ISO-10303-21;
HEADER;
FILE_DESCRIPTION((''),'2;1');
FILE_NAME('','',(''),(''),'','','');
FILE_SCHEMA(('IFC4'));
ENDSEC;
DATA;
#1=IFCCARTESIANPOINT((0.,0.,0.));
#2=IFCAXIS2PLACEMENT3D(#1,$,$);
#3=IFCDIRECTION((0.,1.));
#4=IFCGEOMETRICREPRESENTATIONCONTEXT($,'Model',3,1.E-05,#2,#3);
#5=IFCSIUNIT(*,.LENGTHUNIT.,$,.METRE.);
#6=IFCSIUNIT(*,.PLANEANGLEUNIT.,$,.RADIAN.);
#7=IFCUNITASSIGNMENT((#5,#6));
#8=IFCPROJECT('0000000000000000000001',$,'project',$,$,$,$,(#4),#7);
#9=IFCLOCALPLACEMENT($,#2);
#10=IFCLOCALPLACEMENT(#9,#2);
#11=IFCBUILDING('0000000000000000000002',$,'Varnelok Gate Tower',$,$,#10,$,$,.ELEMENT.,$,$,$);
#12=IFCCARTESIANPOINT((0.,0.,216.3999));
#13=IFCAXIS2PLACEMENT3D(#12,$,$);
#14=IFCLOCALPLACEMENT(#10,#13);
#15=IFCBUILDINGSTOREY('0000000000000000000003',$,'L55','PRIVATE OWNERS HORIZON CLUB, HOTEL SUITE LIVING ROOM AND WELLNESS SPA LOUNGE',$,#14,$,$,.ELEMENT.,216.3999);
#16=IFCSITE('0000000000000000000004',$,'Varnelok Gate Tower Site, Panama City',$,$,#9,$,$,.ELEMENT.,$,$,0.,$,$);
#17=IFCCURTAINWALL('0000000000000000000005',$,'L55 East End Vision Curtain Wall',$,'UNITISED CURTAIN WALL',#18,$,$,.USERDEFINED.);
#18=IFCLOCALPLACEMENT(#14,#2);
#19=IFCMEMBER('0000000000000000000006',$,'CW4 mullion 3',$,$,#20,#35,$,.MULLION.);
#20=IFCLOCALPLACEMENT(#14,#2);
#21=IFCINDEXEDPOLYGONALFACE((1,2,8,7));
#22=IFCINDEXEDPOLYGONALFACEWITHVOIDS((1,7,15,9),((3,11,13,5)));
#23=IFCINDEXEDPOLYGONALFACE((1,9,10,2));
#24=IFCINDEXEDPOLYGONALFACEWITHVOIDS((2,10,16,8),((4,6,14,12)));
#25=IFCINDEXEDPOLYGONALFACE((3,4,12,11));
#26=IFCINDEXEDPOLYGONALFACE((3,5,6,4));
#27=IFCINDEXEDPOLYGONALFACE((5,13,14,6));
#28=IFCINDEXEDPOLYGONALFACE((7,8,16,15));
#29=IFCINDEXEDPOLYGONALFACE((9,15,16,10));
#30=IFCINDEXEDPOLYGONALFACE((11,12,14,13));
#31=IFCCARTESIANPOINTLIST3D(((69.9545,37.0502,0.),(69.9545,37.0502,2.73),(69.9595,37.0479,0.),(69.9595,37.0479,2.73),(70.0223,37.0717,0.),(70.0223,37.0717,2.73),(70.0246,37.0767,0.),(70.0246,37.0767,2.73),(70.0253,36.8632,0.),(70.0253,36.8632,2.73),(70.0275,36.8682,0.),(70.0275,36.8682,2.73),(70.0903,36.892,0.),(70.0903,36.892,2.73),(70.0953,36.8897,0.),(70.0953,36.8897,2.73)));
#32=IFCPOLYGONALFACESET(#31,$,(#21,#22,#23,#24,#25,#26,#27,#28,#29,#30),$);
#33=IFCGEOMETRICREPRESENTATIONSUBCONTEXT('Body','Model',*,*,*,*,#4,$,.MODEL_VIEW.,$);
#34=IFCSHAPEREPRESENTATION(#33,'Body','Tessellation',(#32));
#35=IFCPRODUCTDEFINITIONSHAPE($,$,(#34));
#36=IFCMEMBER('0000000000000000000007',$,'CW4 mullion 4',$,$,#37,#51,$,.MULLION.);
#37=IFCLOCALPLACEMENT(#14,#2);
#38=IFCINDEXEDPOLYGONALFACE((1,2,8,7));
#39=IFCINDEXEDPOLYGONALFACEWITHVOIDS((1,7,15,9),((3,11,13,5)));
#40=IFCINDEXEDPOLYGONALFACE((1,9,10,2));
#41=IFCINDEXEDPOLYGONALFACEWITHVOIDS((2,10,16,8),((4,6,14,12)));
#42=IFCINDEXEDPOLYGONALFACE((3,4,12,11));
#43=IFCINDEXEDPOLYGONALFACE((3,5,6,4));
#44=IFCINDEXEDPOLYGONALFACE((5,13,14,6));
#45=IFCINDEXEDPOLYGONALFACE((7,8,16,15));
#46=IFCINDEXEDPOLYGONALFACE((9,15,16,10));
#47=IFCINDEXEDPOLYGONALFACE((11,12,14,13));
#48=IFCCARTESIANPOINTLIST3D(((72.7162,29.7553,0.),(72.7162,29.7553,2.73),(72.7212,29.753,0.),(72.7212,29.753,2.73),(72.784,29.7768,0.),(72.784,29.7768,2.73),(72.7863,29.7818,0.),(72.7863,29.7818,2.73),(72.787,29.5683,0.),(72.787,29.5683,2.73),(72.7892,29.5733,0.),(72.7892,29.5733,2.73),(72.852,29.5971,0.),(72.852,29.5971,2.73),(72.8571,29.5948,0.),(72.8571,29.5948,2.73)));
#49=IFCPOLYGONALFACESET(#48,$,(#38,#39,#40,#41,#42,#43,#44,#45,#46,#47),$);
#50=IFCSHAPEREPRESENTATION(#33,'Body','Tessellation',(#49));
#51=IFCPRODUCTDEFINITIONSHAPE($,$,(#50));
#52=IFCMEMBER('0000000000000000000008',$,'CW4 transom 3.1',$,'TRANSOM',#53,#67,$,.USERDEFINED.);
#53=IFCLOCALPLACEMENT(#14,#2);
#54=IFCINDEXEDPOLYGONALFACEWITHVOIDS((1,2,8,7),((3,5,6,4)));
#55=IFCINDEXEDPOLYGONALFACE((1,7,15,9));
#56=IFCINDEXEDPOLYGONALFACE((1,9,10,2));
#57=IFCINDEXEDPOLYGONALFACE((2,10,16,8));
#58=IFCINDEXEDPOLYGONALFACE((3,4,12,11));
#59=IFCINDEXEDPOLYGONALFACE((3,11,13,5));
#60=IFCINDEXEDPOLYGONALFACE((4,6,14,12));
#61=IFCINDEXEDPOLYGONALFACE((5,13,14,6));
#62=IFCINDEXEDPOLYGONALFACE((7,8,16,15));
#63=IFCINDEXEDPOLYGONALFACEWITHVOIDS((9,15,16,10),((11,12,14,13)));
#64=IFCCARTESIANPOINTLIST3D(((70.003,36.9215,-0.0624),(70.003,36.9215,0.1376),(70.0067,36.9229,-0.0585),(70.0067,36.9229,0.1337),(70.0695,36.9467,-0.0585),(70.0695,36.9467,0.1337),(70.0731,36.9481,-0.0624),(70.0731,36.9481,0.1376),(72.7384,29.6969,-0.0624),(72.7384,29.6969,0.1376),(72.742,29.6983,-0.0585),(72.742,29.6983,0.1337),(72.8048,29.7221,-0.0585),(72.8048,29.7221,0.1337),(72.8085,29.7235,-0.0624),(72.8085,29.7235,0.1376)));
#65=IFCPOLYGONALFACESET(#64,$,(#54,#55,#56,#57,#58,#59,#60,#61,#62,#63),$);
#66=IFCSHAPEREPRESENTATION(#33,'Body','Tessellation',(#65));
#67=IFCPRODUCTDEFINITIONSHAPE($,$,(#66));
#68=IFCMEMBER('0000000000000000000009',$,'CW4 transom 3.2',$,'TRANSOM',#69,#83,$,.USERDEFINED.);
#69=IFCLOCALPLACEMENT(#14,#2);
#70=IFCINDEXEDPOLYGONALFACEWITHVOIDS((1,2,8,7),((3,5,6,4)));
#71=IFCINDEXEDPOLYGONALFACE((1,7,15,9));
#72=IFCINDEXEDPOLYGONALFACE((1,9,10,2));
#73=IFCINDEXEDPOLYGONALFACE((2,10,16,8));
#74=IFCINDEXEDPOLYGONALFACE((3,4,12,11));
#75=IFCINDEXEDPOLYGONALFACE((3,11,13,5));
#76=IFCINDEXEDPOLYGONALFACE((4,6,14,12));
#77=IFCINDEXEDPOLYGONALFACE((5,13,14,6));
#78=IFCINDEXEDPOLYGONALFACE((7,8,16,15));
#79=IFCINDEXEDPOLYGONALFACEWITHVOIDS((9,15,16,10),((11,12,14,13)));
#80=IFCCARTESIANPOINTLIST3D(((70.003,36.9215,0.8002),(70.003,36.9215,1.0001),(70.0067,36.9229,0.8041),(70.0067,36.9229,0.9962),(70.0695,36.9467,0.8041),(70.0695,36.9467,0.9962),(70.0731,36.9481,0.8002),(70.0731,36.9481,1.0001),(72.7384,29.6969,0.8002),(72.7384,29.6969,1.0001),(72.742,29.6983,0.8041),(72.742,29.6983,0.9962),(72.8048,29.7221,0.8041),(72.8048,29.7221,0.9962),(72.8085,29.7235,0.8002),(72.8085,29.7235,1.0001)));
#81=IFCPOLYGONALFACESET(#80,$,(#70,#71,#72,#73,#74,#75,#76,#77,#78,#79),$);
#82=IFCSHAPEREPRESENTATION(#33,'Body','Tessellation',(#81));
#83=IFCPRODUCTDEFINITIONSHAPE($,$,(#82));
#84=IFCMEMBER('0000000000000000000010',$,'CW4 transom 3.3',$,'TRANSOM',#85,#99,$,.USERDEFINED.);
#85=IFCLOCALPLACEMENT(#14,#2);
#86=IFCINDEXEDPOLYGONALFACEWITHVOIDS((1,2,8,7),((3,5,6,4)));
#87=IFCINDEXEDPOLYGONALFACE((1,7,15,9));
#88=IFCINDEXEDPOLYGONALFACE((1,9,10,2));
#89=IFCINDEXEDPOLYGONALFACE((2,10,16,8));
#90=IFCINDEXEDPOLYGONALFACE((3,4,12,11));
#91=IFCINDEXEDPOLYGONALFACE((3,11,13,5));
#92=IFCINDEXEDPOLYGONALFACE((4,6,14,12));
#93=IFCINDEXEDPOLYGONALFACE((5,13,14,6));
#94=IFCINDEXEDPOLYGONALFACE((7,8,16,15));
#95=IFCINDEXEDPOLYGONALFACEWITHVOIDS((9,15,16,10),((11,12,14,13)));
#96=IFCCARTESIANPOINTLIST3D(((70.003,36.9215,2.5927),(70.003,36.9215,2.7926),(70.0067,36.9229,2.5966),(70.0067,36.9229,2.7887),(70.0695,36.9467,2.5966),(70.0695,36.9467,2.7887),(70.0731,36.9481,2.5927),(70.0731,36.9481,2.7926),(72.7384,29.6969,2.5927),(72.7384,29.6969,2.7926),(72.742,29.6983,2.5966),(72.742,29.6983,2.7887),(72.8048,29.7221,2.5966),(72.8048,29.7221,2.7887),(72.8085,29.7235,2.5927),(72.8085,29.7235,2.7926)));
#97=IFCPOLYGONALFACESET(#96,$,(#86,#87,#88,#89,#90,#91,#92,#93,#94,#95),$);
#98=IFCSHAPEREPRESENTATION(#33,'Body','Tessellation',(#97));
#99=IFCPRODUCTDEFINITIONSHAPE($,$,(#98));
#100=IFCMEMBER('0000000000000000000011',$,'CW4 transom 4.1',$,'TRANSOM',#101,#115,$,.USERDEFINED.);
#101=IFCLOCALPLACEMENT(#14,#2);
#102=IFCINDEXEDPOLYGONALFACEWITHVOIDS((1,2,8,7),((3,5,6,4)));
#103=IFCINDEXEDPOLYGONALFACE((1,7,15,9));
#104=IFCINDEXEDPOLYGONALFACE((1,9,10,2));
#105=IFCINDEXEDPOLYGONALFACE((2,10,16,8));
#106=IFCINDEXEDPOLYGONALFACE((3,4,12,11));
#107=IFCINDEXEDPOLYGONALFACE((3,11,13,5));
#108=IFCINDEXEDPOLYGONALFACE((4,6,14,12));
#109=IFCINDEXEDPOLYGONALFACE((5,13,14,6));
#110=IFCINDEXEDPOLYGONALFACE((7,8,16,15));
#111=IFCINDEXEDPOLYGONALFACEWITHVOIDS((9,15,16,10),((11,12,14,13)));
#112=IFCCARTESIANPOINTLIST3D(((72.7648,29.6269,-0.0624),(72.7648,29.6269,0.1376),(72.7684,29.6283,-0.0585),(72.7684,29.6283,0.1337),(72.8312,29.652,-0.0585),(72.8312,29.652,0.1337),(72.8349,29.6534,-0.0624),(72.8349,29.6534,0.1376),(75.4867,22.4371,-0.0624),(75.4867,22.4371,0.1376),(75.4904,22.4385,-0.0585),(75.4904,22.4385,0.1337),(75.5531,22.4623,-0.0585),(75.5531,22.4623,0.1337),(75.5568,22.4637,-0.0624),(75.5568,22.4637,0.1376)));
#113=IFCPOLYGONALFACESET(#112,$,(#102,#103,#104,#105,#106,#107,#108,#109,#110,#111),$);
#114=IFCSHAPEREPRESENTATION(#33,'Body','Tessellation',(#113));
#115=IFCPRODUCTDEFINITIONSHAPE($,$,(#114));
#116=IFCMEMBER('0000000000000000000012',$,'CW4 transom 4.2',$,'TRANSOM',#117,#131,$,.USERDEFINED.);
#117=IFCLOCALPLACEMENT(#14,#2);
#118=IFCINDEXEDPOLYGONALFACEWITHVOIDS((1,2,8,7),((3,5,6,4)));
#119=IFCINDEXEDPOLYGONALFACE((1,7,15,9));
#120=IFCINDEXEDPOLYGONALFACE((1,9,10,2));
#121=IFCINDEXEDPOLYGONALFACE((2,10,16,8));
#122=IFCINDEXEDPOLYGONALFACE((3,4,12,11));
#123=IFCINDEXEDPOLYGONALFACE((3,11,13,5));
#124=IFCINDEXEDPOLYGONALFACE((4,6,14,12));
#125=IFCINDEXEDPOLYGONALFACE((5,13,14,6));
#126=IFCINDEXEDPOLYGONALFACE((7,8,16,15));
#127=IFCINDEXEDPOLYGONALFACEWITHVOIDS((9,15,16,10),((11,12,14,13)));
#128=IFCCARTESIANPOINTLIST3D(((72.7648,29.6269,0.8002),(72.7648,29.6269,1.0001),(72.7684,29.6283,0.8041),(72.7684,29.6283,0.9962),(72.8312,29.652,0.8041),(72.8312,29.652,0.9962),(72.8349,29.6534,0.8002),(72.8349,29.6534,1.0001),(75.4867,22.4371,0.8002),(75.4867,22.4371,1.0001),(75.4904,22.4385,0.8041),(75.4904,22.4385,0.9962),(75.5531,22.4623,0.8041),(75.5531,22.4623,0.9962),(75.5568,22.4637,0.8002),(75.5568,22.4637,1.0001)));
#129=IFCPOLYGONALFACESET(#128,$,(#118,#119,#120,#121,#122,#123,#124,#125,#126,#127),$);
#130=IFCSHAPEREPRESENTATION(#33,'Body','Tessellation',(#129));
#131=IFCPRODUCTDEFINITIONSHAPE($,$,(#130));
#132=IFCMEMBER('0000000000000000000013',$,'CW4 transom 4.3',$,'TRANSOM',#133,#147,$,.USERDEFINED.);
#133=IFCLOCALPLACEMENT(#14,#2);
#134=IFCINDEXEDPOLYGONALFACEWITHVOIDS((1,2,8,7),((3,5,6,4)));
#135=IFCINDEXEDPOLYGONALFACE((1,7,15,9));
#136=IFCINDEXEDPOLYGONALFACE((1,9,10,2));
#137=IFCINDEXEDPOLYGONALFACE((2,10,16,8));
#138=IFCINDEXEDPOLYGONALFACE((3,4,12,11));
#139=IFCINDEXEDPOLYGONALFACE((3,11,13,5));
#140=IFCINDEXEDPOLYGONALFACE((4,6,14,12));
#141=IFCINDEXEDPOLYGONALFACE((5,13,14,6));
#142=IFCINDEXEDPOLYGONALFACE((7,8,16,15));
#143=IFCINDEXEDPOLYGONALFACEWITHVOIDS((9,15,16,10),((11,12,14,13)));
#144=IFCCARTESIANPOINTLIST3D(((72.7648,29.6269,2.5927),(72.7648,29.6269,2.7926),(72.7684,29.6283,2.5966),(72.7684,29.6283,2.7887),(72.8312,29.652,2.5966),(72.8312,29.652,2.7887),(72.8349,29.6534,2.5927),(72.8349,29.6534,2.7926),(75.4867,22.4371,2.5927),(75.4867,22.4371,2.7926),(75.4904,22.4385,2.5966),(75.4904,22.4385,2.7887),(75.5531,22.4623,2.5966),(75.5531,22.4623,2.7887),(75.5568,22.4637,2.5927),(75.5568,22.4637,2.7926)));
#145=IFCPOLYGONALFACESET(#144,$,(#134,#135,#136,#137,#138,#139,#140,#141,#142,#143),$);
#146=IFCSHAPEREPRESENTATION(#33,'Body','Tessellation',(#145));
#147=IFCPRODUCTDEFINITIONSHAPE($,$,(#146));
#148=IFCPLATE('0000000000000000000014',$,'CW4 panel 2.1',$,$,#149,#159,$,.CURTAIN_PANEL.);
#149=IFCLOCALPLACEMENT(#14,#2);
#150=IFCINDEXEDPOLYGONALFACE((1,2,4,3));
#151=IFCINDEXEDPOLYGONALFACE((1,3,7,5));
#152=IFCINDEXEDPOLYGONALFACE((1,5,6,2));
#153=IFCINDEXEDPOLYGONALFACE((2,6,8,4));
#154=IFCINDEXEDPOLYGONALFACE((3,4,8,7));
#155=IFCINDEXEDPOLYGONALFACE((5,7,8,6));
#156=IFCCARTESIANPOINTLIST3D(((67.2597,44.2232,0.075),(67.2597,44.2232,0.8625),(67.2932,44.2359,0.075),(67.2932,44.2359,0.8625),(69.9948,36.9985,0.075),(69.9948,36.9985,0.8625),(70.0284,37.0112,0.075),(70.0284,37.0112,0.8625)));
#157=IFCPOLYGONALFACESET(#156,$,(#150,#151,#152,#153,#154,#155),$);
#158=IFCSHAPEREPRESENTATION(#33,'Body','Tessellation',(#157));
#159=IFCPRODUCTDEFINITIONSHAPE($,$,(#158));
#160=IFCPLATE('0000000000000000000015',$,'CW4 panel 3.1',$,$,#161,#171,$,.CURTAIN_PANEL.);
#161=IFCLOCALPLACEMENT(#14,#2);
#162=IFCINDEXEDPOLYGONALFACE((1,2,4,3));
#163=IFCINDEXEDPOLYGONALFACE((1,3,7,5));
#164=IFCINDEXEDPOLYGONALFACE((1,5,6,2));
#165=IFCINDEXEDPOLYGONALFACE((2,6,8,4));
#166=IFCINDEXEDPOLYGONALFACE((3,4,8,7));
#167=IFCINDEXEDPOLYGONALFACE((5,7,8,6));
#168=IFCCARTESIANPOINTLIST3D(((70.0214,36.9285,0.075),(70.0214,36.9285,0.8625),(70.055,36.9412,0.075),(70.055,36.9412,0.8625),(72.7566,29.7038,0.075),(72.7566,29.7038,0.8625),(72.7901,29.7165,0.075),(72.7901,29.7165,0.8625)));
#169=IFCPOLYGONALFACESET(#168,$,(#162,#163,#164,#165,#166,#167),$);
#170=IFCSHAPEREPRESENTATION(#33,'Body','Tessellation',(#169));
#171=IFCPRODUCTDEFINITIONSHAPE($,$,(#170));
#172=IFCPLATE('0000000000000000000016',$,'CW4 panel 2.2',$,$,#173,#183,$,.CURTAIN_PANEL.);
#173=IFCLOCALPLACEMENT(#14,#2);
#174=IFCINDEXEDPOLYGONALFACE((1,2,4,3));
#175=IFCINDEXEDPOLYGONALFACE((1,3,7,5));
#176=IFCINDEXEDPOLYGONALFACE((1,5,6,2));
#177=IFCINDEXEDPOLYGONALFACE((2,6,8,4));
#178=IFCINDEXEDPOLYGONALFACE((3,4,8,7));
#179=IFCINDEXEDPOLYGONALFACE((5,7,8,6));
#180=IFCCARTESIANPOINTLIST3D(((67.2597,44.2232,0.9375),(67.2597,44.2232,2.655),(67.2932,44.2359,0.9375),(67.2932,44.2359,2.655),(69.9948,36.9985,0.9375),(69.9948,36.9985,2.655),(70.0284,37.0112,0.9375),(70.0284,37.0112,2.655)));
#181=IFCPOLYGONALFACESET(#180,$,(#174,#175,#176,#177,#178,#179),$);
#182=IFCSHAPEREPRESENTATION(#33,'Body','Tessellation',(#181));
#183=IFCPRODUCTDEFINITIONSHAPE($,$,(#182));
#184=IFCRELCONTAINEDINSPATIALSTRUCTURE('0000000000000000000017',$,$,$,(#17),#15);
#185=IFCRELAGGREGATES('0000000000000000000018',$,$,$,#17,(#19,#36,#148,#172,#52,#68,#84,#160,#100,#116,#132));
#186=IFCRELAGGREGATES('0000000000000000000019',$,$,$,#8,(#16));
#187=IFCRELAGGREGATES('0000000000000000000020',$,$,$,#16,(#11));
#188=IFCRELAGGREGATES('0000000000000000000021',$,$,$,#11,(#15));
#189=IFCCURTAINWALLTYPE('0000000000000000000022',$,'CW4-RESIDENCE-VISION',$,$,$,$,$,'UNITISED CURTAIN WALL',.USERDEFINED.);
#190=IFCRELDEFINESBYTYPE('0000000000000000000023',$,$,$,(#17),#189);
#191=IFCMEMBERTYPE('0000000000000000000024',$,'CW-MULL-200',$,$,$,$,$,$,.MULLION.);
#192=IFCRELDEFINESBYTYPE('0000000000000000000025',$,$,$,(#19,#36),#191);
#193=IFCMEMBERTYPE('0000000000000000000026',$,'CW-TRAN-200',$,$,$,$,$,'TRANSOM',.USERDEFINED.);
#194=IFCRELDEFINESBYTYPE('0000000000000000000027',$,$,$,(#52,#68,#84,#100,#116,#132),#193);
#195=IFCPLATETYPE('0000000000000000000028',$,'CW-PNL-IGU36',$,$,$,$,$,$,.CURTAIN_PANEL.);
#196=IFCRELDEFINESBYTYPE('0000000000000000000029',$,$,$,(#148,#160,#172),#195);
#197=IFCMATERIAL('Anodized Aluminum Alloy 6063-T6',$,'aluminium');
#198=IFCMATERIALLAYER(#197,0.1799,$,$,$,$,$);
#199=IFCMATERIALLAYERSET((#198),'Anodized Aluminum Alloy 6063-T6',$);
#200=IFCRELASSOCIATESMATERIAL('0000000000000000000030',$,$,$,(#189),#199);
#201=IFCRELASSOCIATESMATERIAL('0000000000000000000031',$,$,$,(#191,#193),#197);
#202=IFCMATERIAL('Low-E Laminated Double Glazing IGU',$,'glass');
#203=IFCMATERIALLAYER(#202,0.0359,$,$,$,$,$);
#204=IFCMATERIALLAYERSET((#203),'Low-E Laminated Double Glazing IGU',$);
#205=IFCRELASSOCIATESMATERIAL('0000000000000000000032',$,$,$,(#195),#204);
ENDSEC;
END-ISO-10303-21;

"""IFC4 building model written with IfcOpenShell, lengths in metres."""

from ifc_helpers import new_model, si_unit, direction, frame, origin, origin_2d, place, context, subcontext, project, spatial, rectangle, hollow_rectangle, extrude, source, transform, mapped, material, layer, layer_set, material_profile, profile_set, type_object, element, aggregate, save


model = new_model("IFC4")

# Units and contexts
model_context = context("Model", 3, precision=1e-05, world=origin(), true_north=direction((0.0, 1.0)))
body_context = subcontext(model_context, "Body", "Model", "MODEL_VIEW")
ifc_project = project(units=[si_unit("LENGTHUNIT", "METRE"), si_unit("PLANEANGLEUNIT", "RADIAN")], contexts=[model_context])

# Site, building, storey
site_placement = place(None, origin())
site = spatial("IfcSite", under=ifc_project, at=site_placement, Name="Varnelok Gate Tower Site, Panama City", CompositionType="ELEMENT", RefElevation=0.0)
building_placement = place(site_placement, origin())
building = spatial("IfcBuilding", under=site, at=building_placement, Name="Varnelok Gate Tower", CompositionType="ELEMENT")
storey_placement = place(building_placement, frame((0.0, 0.0, 216.3999)))
storey = spatial("IfcBuildingStorey", under=building, at=storey_placement, Name="L55", Description="PRIVATE OWNERS HORIZON CLUB, HOTEL SUITE LIVING ROOM AND WELLNESS SPA LOUNGE", CompositionType="ELEMENT", Elevation=216.3999)

# Curtain wall, members, plates
ifc_material_1 = material(Name="Anodized Aluminum Alloy 6063-T6", Category="aluminium")
ifc_layer_1 = layer(ifc_material_1, 0.1799)
ifc_layer_set_1 = layer_set([ifc_layer_1], Name="Anodized Aluminum Alloy 6063-T6")
curtain_wall_type = type_object("IfcCurtainWallType", Name="CW4-RESIDENCE-VISION", ElementType="UNITISED CURTAIN WALL", PredefinedType="USERDEFINED", material=ifc_layer_set_1)
curtain_wall_placement = place(storey_placement, origin())
curtain_wall = element("IfcCurtainWall", 1, at=curtain_wall_placement, inside=storey, type_object=curtain_wall_type, Name="L55 East End Vision Curtain Wall", ObjectType="UNITISED CURTAIN WALL", PredefinedType="USERDEFINED")
ifc_material_profile_1 = material_profile(ifc_material_1, hollow_rectangle(XDim=0.075, YDim=0.2, WallThickness=0.0039, at=origin_2d()), Name="ALU200X75X4")
ifc_profile_set_1 = profile_set([ifc_material_profile_1], Name="Anodized Aluminum Alloy 6063-T6")
member_type_1 = type_object("IfcMemberType", Name="CW-MULL-200", PredefinedType="MULLION", material=ifc_profile_set_1)
member_1_placement = place(storey_placement, frame((70.0249, 36.97, 0.0), z_axis=(0.0, 0.0, 1.0), x_axis=(0.935222, 0.354063, 0.0)))
member_1 = element("IfcMember", 2, at=member_1_placement, type_object=member_type_1, Name="CW4 mullion 3", PredefinedType="MULLION", context=body_context, shape_type="SweptSolid", body=[
    extrude(hollow_rectangle(XDim=0.075, YDim=0.2, WallThickness=0.0039, at=origin_2d()), origin(), (0.0, 0.0, 1.0), 2.73),
])
member_2_placement = place(storey_placement, frame((72.7866, 29.675, 0.0), z_axis=(0.0, 0.0, 1.0), x_axis=(0.935222, 0.354063, 0.0)))
member_2 = element("IfcMember", 3, at=member_2_placement, type_object=member_type_1, Name="CW4 mullion 4", PredefinedType="MULLION", context=body_context, shape_type="SweptSolid", body=[
    extrude(hollow_rectangle(XDim=0.075, YDim=0.2, WallThickness=0.0039, at=origin_2d()), origin(), (0.0, 0.0, 1.0), 2.73),
])
ifc_material_profile_2 = material_profile(ifc_material_1, hollow_rectangle(XDim=0.075, YDim=0.2, WallThickness=0.0039, at=origin_2d()), Name="ALU200X75X4")
ifc_profile_set_2 = profile_set([ifc_material_profile_2], Name="Anodized Aluminum Alloy 6063-T6")
member_type_2 = type_object("IfcMemberType", Name="CW-TRAN-200", ElementType="TRANSOM", PredefinedType="USERDEFINED", material=ifc_profile_set_2)
member_3_placement = place(storey_placement, frame((70.0381, 36.9348, 0.0376), z_axis=(0.354086, -0.935213, 0.0), x_axis=(0.935213, 0.354086, 0.0)))
member_3 = element("IfcMember", 4, at=member_3_placement, type_object=member_type_2, Name="CW4 transom 3.1", ObjectType="TRANSOM", PredefinedType="USERDEFINED", context=body_context, shape_type="SweptSolid", body=[
    extrude(hollow_rectangle(XDim=0.075, YDim=0.2, WallThickness=0.0039, at=origin_2d()), origin(), (0.0, 0.0, 1.0), 7.7251),
])
member_4_placement = place(storey_placement, frame((70.0381, 36.9348, 0.9001), z_axis=(0.354086, -0.935213, 0.0), x_axis=(0.935213, 0.354086, 0.0)))
member_4 = element("IfcMember", 5, at=member_4_placement, type_object=member_type_2, Name="CW4 transom 3.2", ObjectType="TRANSOM", PredefinedType="USERDEFINED", context=body_context, shape_type="SweptSolid", body=[
    extrude(hollow_rectangle(XDim=0.075, YDim=0.2, WallThickness=0.0039, at=origin_2d()), origin(), (0.0, 0.0, 1.0), 7.7251),
])
member_5_placement = place(storey_placement, frame((70.0381, 36.9348, 2.6926), z_axis=(0.354086, -0.935213, 0.0), x_axis=(0.935213, 0.354086, 0.0)))
member_5 = element("IfcMember", 6, at=member_5_placement, type_object=member_type_2, Name="CW4 transom 3.3", ObjectType="TRANSOM", PredefinedType="USERDEFINED", context=body_context, shape_type="SweptSolid", body=[
    extrude(hollow_rectangle(XDim=0.075, YDim=0.2, WallThickness=0.0039, at=origin_2d()), origin(), (0.0, 0.0, 1.0), 7.7251),
])
member_6_placement = place(storey_placement, frame((72.7998, 29.6401, 0.0376), z_axis=(0.354063, -0.935222, 0.0), x_axis=(0.935222, 0.354063, 0.0)))
member_6 = element("IfcMember", 7, at=member_6_placement, type_object=member_type_2, Name="CW4 transom 4.1", ObjectType="TRANSOM", PredefinedType="USERDEFINED", context=body_context, shape_type="SweptSolid", body=[
    extrude(hollow_rectangle(XDim=0.075, YDim=0.2, WallThickness=0.0039, at=origin_2d()), origin(), (0.0, 0.0, 1.0), 7.6877),
])
member_7_placement = place(storey_placement, frame((72.7998, 29.6401, 0.9001), z_axis=(0.354063, -0.935222, 0.0), x_axis=(0.935222, 0.354063, 0.0)))
member_7 = element("IfcMember", 8, at=member_7_placement, type_object=member_type_2, Name="CW4 transom 4.2", ObjectType="TRANSOM", PredefinedType="USERDEFINED", context=body_context, shape_type="SweptSolid", body=[
    extrude(hollow_rectangle(XDim=0.075, YDim=0.2, WallThickness=0.0039, at=origin_2d()), origin(), (0.0, 0.0, 1.0), 7.6877),
])
member_8_placement = place(storey_placement, frame((72.7998, 29.6401, 2.6926), z_axis=(0.354063, -0.935222, 0.0), x_axis=(0.935222, 0.354063, 0.0)))
member_8 = element("IfcMember", 9, at=member_8_placement, type_object=member_type_2, Name="CW4 transom 4.3", ObjectType="TRANSOM", PredefinedType="USERDEFINED", context=body_context, shape_type="SweptSolid", body=[
    extrude(hollow_rectangle(XDim=0.075, YDim=0.2, WallThickness=0.0039, at=origin_2d()), origin(), (0.0, 0.0, 1.0), 7.6877),
])
ifc_material_2 = material(Name="Low-E Laminated Double Glazing IGU", Category="glass")
ifc_layer_2 = layer(ifc_material_2, 0.0359)
ifc_layer_set_2 = layer_set([ifc_layer_2], Name="Low-E Laminated Double Glazing IGU")
plate_type = type_object("IfcPlateType", Name="CW-PNL-IGU36", PredefinedType="CURTAIN_PANEL", material=ifc_layer_set_2)
shared_shape_1 = source(origin(), body_context, "Body", "SweptSolid", [
    extrude(rectangle(XDim=7.7251, YDim=0.0359, at=origin_2d()), origin(), (0.0, 0.0, 1.0), 0.7876),
])
plate_1_placement = place(storey_placement, frame((68.644, 40.6172, 0.075), z_axis=(0.0, 0.0, 1.0), x_axis=(0.354063, -0.935222, 0.0)))
plate_1 = element("IfcPlate", 10, at=plate_1_placement, type_object=plate_type, Name="CW4 panel 2.1", PredefinedType="CURTAIN_PANEL", context=body_context, shape_type="MappedRepresentation", body=[
    mapped(shared_shape_1, transform((0.0, 0.0, 0.0), scale=1.0)),
])
plate_2_placement = place(storey_placement, frame((71.4058, 33.3225, 0.075), z_axis=(0.0, 0.0, 1.0), x_axis=(0.354063, -0.935222, 0.0)))
plate_2 = element("IfcPlate", 11, at=plate_2_placement, type_object=plate_type, Name="CW4 panel 3.1", PredefinedType="CURTAIN_PANEL", context=body_context, shape_type="MappedRepresentation", body=[
    mapped(shared_shape_1, transform((0.0, 0.0, 0.0), scale=1.0)),
])
shared_shape_2 = source(origin(), body_context, "Body", "SweptSolid", [
    extrude(rectangle(XDim=7.7251, YDim=0.0359, at=origin_2d()), origin(), (0.0, 0.0, 1.0), 1.7175),
])
plate_3_placement = place(storey_placement, frame((68.644, 40.6172, 0.9375), z_axis=(0.0, 0.0, 1.0), x_axis=(0.354063, -0.935222, 0.0)))
plate_3 = element("IfcPlate", 12, at=plate_3_placement, type_object=plate_type, Name="CW4 panel 2.2", PredefinedType="CURTAIN_PANEL", context=body_context, shape_type="MappedRepresentation", body=[
    mapped(shared_shape_2, transform((0.0, 0.0, 0.0), scale=1.0)),
])
aggregate(curtain_wall, [member_1, member_2, plate_1, plate_3, member_3, member_4, member_5, plate_2, member_6, member_7, member_8])

save(model, "model.ifc")
